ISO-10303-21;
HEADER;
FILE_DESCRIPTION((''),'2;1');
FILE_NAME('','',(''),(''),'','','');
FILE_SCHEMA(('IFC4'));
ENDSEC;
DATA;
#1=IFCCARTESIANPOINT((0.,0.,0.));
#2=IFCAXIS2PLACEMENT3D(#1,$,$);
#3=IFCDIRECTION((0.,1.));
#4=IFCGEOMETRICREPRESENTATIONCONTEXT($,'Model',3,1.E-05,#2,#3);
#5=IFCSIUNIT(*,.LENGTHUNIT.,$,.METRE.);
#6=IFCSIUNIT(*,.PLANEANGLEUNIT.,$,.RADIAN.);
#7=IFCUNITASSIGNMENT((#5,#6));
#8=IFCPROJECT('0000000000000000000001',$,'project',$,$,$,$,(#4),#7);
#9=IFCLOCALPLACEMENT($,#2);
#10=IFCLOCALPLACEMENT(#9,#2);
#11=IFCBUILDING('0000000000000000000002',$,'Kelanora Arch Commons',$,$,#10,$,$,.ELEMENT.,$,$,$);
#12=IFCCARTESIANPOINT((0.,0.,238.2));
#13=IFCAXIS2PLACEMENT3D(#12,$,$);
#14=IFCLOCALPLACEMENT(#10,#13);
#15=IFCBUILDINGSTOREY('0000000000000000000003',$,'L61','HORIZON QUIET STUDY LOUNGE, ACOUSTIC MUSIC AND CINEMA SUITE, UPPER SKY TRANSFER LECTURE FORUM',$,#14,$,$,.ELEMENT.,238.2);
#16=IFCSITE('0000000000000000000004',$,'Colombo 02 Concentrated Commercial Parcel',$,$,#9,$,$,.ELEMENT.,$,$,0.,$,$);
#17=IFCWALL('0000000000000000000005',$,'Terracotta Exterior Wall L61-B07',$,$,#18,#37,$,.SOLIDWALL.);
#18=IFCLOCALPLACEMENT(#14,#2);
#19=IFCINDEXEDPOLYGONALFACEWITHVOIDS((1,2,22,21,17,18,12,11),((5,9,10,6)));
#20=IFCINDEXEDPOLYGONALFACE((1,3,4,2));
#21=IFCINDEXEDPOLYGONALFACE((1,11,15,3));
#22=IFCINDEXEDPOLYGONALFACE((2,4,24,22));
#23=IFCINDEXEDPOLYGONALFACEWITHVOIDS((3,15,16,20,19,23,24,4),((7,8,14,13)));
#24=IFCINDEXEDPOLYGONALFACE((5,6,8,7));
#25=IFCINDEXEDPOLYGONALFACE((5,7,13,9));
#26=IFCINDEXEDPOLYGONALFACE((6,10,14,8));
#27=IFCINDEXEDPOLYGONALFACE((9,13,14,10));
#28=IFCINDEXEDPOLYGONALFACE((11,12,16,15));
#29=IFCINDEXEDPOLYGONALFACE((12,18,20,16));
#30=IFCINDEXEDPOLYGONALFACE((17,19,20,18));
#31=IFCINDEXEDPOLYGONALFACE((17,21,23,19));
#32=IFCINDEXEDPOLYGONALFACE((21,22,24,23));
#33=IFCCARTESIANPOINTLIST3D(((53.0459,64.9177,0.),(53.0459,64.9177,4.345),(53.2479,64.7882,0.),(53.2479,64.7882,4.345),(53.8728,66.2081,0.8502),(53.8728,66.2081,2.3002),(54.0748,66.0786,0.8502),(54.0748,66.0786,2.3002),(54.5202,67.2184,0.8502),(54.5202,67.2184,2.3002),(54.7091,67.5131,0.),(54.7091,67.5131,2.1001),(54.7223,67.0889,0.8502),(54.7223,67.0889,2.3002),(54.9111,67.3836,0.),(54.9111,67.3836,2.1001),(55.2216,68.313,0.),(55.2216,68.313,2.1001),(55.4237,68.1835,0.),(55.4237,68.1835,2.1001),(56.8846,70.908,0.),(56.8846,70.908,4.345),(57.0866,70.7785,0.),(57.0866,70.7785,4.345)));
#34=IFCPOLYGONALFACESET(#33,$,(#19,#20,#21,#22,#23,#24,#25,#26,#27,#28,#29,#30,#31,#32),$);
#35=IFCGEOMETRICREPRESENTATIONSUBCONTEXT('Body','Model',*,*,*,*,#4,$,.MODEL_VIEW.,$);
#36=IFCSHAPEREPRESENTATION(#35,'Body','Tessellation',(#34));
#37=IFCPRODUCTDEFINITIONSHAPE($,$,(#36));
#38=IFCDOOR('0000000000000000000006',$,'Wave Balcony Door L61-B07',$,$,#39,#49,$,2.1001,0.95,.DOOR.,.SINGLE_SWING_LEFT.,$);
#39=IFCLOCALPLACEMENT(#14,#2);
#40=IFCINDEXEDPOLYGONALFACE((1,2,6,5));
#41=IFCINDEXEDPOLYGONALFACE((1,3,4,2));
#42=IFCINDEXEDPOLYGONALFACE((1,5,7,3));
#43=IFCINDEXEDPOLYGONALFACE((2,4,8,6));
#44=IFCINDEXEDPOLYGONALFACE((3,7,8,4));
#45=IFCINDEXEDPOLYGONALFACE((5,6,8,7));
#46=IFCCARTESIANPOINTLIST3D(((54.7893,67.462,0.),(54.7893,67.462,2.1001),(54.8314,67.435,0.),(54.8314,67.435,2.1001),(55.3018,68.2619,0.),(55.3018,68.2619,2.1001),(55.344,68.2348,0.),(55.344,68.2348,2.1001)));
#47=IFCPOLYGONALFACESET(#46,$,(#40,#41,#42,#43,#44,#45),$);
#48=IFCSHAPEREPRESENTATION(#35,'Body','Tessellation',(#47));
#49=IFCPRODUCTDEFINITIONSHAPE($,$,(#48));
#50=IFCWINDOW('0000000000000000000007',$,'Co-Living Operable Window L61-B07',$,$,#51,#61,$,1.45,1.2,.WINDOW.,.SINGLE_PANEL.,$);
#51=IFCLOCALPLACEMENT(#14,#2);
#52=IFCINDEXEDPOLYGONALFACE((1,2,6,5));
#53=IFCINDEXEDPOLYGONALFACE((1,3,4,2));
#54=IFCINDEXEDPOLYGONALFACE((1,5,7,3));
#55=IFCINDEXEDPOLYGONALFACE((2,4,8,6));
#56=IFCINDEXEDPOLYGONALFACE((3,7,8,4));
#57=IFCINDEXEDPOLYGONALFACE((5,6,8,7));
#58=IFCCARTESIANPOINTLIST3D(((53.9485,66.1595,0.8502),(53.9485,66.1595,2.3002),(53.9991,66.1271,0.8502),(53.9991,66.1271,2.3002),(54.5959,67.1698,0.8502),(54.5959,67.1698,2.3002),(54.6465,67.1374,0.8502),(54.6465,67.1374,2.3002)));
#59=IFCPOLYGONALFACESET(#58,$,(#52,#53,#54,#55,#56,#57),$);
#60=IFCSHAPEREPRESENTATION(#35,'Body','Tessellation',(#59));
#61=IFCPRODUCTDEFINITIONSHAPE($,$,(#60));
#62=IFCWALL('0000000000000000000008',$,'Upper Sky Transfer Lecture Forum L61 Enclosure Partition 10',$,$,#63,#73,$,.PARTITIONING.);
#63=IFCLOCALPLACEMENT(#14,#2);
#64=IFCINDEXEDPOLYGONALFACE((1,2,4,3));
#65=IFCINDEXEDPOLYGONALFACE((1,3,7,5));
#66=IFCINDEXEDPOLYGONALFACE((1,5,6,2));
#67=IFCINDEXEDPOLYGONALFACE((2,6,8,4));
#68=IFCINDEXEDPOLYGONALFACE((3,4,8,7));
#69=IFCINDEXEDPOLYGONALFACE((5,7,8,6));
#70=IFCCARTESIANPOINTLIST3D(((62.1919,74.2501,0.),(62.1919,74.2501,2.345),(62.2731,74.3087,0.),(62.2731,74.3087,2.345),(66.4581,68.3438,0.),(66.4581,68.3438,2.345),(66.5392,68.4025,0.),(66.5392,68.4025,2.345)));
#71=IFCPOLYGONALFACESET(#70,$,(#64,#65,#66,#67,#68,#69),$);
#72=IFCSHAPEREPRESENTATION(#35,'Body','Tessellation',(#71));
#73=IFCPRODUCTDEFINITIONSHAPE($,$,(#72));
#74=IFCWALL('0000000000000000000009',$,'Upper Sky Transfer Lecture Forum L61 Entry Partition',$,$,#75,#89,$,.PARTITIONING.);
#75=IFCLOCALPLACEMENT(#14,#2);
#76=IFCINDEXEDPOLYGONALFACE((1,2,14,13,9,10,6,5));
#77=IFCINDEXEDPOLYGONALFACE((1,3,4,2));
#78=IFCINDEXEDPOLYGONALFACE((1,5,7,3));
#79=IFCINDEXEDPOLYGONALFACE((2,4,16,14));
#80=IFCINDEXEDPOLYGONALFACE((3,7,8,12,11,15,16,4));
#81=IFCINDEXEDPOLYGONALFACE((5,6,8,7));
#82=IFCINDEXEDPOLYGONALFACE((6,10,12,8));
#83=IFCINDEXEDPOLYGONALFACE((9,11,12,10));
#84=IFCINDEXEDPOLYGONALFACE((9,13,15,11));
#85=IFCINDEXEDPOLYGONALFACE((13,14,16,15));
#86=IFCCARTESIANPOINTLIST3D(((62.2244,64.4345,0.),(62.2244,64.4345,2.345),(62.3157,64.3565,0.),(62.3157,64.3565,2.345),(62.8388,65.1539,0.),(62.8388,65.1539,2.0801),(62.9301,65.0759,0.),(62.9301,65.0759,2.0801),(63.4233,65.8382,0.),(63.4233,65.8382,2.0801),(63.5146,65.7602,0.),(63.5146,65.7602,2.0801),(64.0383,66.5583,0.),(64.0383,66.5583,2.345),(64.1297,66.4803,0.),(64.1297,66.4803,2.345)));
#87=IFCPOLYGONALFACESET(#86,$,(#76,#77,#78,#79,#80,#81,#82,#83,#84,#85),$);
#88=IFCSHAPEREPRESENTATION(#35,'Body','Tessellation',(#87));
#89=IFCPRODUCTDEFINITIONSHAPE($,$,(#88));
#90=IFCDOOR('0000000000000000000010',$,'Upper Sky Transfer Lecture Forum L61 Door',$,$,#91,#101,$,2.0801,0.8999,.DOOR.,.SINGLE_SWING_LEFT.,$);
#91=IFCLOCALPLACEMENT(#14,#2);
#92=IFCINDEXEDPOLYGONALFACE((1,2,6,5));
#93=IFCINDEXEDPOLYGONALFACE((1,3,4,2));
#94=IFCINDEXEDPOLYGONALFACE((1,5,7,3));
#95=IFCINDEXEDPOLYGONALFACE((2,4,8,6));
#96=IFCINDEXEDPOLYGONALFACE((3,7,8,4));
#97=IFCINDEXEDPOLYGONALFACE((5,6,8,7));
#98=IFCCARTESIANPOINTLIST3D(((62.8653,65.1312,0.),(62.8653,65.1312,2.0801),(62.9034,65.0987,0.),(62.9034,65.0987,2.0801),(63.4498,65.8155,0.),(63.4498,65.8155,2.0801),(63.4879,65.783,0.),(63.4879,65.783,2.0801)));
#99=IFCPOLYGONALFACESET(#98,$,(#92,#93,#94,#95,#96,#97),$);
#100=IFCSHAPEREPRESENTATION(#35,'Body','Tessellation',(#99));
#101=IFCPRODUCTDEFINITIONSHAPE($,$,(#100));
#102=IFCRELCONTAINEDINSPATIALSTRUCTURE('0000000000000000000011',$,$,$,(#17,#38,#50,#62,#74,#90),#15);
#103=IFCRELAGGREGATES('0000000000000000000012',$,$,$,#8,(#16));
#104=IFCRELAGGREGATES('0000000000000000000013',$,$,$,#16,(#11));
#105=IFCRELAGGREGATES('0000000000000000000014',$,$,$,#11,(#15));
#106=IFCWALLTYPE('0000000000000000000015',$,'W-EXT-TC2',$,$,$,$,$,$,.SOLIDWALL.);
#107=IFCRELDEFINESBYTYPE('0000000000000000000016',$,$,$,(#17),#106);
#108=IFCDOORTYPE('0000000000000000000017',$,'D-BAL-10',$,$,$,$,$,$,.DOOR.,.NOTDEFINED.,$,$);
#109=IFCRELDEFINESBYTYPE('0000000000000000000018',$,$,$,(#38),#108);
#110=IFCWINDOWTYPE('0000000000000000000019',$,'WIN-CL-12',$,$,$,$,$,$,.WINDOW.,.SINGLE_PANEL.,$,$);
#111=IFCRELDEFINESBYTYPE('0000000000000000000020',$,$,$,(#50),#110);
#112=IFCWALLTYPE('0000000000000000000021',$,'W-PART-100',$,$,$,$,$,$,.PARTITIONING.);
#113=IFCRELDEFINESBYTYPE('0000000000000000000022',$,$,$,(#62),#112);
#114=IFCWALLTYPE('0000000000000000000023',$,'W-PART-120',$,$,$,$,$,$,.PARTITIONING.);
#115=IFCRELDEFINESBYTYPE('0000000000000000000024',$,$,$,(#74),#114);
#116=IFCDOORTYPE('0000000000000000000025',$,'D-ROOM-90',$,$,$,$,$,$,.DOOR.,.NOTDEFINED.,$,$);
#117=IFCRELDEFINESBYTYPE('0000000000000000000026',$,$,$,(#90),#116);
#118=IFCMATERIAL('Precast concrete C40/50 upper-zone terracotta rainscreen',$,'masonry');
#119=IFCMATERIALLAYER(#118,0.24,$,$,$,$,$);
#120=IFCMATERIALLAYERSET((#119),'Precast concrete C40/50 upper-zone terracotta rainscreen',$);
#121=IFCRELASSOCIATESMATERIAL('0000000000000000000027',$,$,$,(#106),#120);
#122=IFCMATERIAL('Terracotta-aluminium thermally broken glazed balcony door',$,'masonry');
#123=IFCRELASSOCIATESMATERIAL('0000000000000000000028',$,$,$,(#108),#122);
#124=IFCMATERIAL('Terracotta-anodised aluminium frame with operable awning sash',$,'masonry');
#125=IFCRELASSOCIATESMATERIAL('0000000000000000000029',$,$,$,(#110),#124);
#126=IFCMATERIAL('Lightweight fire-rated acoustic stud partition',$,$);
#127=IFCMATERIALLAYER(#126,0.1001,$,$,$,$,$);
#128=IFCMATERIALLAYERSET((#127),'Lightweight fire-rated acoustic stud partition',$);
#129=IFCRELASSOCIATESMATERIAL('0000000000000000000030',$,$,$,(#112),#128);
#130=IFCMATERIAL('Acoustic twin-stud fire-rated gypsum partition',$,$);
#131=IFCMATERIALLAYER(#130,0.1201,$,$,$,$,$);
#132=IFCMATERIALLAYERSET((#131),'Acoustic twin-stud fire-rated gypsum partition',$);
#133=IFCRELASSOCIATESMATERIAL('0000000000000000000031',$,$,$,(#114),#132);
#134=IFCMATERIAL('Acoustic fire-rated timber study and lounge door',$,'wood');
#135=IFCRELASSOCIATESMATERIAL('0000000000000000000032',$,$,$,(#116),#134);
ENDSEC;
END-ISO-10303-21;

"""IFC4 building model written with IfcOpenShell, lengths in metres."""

from ifc_helpers import new_model, si_unit, direction, frame, frame_2d, origin, place, context, subcontext, project, spatial, rectangle, extrude, material, layer, layer_set, type_object, element, fill, save


model = new_model("IFC4")

# Units and contexts
model_context = context("Model", 3, precision=1e-05, world=origin(), true_north=direction((0.0, 1.0)))
body_context = subcontext(model_context, "Body", "Model", "MODEL_VIEW")
ifc_project = project(units=[si_unit("LENGTHUNIT", "METRE"), si_unit("PLANEANGLEUNIT", "RADIAN")], contexts=[model_context])

# Site, building, storey
site_placement = place(None, origin())
site = spatial("IfcSite", under=ifc_project, at=site_placement, Name="Colombo 02 Concentrated Commercial Parcel", CompositionType="ELEMENT", RefElevation=0.0)
building_placement = place(site_placement, origin())
building = spatial("IfcBuilding", under=site, at=building_placement, Name="Kelanora Arch Commons", CompositionType="ELEMENT")
storey_placement = place(building_placement, frame((0.0, 0.0, 238.2)))
storey = spatial("IfcBuildingStorey", under=building, at=storey_placement, Name="L61", Description="HORIZON QUIET STUDY LOUNGE, ACOUSTIC MUSIC AND CINEMA SUITE, UPPER SKY TRANSFER LECTURE FORUM", CompositionType="ELEMENT", Elevation=238.2)

# Shared definitions
ifc_material_1 = material(Name="Precast concrete C40/50 upper-zone terracotta rainscreen", Category="masonry")
ifc_layer_1 = layer(ifc_material_1, 0.24)
ifc_layer_set_1 = layer_set([ifc_layer_1], Name="Precast concrete C40/50 upper-zone terracotta rainscreen")
wall_type_1 = type_object("IfcWallType", Name="W-EXT-TC2", PredefinedType="SOLIDWALL", material=ifc_layer_set_1)

# Wall, openings, door, window
wall_1_placement = place(storey_placement, frame((56.9856, 70.8433, 0.0), z_axis=(0.0, 0.0, 1.0), x_axis=(-0.53954, -0.84196, 0.0)))
wall_1 = element("IfcWall", 1, at=wall_1_placement, inside=storey, type_object=wall_type_1, Name="Terracotta Exterior Wall L61-B07", PredefinedType="SOLIDWALL", context=body_context, shape_type="SweptSolid", body=[
    extrude(rectangle(XDim=7.1147, YDim=0.24, at=frame_2d((3.5574, 0.0))), origin(), (0.0, 0.0, 1.0), 4.345),
])
opening_1_placement = place(wall_1_placement, frame((3.082, 0.0, 0.0)))
opening_1 = element("IfcOpeningElement", 2, at=opening_1_placement, cuts=wall_1, PredefinedType="OPENING", context=body_context, shape_type="SweptSolid", body=[
    extrude(rectangle(XDim=0.95, YDim=2.1001, at=frame_2d((0.4751, 1.05))), frame((0.0, 0.1299, 0.0), z_axis=(0.0, -1.0, 0.0), x_axis=(1.0, 0.0, 0.0)), (0.0, 0.0, 1.0), 0.26),
])
opening_2_placement = place(wall_1_placement, frame((4.3821, 0.0, 0.8501)))
opening_2 = element("IfcOpeningElement", 3, at=opening_2_placement, cuts=wall_1, PredefinedType="OPENING", context=body_context, shape_type="SweptSolid", body=[
    extrude(rectangle(XDim=1.2, YDim=1.45, at=frame_2d((0.6001, 0.7251))), frame((0.0, 0.1299, 0.0), z_axis=(0.0, -1.0, 0.0), x_axis=(1.0, 0.0, 0.0)), (0.0, 0.0, 1.0), 0.26),
])
ifc_material_2 = material(Name="Terracotta-aluminium thermally broken glazed balcony door", Category="masonry")
door_type_1 = type_object("IfcDoorType", Name="D-BAL-10", OperationType="NOTDEFINED", PredefinedType="DOOR", material=ifc_material_2)
door_1_placement = place(opening_1_placement, frame((0.95, 0.0, 0.0), z_axis=(0.0, 0.0, 1.0), x_axis=(-1.0, 0.0, 0.0)))
door_1 = element("IfcDoor", 4, at=door_1_placement, inside=storey, type_object=door_type_1, Name="Wave Balcony Door L61-B07", OperationType="SINGLE_SWING_LEFT", OverallHeight=2.1001, OverallWidth=0.95, PredefinedType="DOOR", context=body_context, shape_type="SweptSolid", body=[
    extrude(rectangle(XDim=0.95, YDim=2.1001, at=frame_2d((0.4751, 1.05))), frame((0.0, 0.0249, 0.0), z_axis=(0.0, -1.0, 0.0), x_axis=(1.0, 0.0, 0.0)), (0.0, 0.0, 1.0), 0.05),
])
fill(opening_1, door_1)
ifc_material_3 = material(Name="Terracotta-anodised aluminium frame with operable awning sash", Category="masonry")
window_type_1 = type_object("IfcWindowType", Name="WIN-CL-12", PartitioningType="SINGLE_PANEL", PredefinedType="WINDOW", material=ifc_material_3)
window_1_placement = place(opening_2_placement, origin())
window_1 = element("IfcWindow", 5, at=window_1_placement, inside=storey, type_object=window_type_1, Name="Co-Living Operable Window L61-B07", OverallHeight=1.45, OverallWidth=1.2, PartitioningType="SINGLE_PANEL", PredefinedType="WINDOW", context=body_context, shape_type="SweptSolid", body=[
    extrude(rectangle(XDim=1.2, YDim=1.45, at=frame_2d((0.6001, 0.7251))), frame((0.0, 0.03, 0.0), z_axis=(0.0, -1.0, 0.0), x_axis=(1.0, 0.0, 0.0)), (0.0, 0.0, 1.0), 0.0601),
])
fill(opening_2, window_1)

# Wall
ifc_material_4 = material(Name="Lightweight fire-rated acoustic stud partition")
ifc_layer_2 = layer(ifc_material_4, 0.1001)
ifc_layer_set_2 = layer_set([ifc_layer_2], Name="Lightweight fire-rated acoustic stud partition")
wall_type_2 = type_object("IfcWallType", Name="W-PART-100", PredefinedType="PARTITIONING", material=ifc_layer_set_2)
wall_2_placement = place(storey_placement, frame((62.2324, 74.2795, 0.0), z_axis=(0.0, 0.0, 1.0), x_axis=(0.585535, -0.810647, 0.0)))
element("IfcWall", 6, at=wall_2_placement, inside=storey, type_object=wall_type_2, Name="Upper Sky Transfer Lecture Forum L61 Enclosure Partition 10", PredefinedType="PARTITIONING", context=body_context, shape_type="SweptSolid", body=[
    extrude(rectangle(XDim=7.2859, YDim=0.1001, at=frame_2d((3.6431, 0.0))), origin(), (0.0, 0.0, 1.0), 2.345),
])

# Wall, opening, door
ifc_material_5 = material(Name="Acoustic twin-stud fire-rated gypsum partition")
ifc_layer_3 = layer(ifc_material_5, 0.1201)
ifc_layer_set_3 = layer_set([ifc_layer_3], Name="Acoustic twin-stud fire-rated gypsum partition")
wall_type_3 = type_object("IfcWallType", Name="W-PART-120", PredefinedType="PARTITIONING", material=ifc_layer_set_3)
wall_3_placement = place(storey_placement, frame((64.084, 66.5193, 0.0), z_axis=(0.0, 0.0, 1.0), x_axis=(-0.649466, -0.760391, 0.0)))
wall_3 = element("IfcWall", 7, at=wall_3_placement, inside=storey, type_object=wall_type_3, Name="Upper Sky Transfer Lecture Forum L61 Entry Partition", PredefinedType="PARTITIONING", context=body_context, shape_type="SweptSolid", body=[
    extrude(rectangle(XDim=2.793, YDim=0.1201, at=frame_2d((1.3965, 0.0))), origin(), (0.0, 0.0, 1.0), 2.345),
])
opening_3_placement = place(wall_3_placement, frame((0.947, 0.0, 0.0)))
opening_3 = element("IfcOpeningElement", 8, at=opening_3_placement, cuts=wall_3, PredefinedType="OPENING", context=body_context, shape_type="SweptSolid", body=[
    extrude(rectangle(XDim=0.8999, YDim=2.0801, at=frame_2d((0.45, 1.04))), frame((0.0, 0.0701, 0.0), z_axis=(0.0, -1.0, 0.0), x_axis=(1.0, 0.0, 0.0)), (0.0, 0.0, 1.0), 0.1401),
])
ifc_material_6 = material(Name="Acoustic fire-rated timber study and lounge door", Category="wood")
door_type_2 = type_object("IfcDoorType", Name="D-ROOM-90", OperationType="NOTDEFINED", PredefinedType="DOOR", material=ifc_material_6)
door_2_placement = place(opening_3_placement, origin())
door_2 = element("IfcDoor", 9, at=door_2_placement, inside=storey, type_object=door_type_2, Name="Upper Sky Transfer Lecture Forum L61 Door", OperationType="SINGLE_SWING_LEFT", OverallHeight=2.0801, OverallWidth=0.8999, PredefinedType="DOOR", context=body_context, shape_type="SweptSolid", body=[
    extrude(rectangle(XDim=0.8999, YDim=2.0801, at=frame_2d((0.45, 1.04))), frame((0.0, 0.0249, 0.0), z_axis=(0.0, -1.0, 0.0), x_axis=(1.0, 0.0, 0.0)), (0.0, 0.0, 1.0), 0.05),
])
fill(opening_3, door_2)

save(model, "model.ifc")
